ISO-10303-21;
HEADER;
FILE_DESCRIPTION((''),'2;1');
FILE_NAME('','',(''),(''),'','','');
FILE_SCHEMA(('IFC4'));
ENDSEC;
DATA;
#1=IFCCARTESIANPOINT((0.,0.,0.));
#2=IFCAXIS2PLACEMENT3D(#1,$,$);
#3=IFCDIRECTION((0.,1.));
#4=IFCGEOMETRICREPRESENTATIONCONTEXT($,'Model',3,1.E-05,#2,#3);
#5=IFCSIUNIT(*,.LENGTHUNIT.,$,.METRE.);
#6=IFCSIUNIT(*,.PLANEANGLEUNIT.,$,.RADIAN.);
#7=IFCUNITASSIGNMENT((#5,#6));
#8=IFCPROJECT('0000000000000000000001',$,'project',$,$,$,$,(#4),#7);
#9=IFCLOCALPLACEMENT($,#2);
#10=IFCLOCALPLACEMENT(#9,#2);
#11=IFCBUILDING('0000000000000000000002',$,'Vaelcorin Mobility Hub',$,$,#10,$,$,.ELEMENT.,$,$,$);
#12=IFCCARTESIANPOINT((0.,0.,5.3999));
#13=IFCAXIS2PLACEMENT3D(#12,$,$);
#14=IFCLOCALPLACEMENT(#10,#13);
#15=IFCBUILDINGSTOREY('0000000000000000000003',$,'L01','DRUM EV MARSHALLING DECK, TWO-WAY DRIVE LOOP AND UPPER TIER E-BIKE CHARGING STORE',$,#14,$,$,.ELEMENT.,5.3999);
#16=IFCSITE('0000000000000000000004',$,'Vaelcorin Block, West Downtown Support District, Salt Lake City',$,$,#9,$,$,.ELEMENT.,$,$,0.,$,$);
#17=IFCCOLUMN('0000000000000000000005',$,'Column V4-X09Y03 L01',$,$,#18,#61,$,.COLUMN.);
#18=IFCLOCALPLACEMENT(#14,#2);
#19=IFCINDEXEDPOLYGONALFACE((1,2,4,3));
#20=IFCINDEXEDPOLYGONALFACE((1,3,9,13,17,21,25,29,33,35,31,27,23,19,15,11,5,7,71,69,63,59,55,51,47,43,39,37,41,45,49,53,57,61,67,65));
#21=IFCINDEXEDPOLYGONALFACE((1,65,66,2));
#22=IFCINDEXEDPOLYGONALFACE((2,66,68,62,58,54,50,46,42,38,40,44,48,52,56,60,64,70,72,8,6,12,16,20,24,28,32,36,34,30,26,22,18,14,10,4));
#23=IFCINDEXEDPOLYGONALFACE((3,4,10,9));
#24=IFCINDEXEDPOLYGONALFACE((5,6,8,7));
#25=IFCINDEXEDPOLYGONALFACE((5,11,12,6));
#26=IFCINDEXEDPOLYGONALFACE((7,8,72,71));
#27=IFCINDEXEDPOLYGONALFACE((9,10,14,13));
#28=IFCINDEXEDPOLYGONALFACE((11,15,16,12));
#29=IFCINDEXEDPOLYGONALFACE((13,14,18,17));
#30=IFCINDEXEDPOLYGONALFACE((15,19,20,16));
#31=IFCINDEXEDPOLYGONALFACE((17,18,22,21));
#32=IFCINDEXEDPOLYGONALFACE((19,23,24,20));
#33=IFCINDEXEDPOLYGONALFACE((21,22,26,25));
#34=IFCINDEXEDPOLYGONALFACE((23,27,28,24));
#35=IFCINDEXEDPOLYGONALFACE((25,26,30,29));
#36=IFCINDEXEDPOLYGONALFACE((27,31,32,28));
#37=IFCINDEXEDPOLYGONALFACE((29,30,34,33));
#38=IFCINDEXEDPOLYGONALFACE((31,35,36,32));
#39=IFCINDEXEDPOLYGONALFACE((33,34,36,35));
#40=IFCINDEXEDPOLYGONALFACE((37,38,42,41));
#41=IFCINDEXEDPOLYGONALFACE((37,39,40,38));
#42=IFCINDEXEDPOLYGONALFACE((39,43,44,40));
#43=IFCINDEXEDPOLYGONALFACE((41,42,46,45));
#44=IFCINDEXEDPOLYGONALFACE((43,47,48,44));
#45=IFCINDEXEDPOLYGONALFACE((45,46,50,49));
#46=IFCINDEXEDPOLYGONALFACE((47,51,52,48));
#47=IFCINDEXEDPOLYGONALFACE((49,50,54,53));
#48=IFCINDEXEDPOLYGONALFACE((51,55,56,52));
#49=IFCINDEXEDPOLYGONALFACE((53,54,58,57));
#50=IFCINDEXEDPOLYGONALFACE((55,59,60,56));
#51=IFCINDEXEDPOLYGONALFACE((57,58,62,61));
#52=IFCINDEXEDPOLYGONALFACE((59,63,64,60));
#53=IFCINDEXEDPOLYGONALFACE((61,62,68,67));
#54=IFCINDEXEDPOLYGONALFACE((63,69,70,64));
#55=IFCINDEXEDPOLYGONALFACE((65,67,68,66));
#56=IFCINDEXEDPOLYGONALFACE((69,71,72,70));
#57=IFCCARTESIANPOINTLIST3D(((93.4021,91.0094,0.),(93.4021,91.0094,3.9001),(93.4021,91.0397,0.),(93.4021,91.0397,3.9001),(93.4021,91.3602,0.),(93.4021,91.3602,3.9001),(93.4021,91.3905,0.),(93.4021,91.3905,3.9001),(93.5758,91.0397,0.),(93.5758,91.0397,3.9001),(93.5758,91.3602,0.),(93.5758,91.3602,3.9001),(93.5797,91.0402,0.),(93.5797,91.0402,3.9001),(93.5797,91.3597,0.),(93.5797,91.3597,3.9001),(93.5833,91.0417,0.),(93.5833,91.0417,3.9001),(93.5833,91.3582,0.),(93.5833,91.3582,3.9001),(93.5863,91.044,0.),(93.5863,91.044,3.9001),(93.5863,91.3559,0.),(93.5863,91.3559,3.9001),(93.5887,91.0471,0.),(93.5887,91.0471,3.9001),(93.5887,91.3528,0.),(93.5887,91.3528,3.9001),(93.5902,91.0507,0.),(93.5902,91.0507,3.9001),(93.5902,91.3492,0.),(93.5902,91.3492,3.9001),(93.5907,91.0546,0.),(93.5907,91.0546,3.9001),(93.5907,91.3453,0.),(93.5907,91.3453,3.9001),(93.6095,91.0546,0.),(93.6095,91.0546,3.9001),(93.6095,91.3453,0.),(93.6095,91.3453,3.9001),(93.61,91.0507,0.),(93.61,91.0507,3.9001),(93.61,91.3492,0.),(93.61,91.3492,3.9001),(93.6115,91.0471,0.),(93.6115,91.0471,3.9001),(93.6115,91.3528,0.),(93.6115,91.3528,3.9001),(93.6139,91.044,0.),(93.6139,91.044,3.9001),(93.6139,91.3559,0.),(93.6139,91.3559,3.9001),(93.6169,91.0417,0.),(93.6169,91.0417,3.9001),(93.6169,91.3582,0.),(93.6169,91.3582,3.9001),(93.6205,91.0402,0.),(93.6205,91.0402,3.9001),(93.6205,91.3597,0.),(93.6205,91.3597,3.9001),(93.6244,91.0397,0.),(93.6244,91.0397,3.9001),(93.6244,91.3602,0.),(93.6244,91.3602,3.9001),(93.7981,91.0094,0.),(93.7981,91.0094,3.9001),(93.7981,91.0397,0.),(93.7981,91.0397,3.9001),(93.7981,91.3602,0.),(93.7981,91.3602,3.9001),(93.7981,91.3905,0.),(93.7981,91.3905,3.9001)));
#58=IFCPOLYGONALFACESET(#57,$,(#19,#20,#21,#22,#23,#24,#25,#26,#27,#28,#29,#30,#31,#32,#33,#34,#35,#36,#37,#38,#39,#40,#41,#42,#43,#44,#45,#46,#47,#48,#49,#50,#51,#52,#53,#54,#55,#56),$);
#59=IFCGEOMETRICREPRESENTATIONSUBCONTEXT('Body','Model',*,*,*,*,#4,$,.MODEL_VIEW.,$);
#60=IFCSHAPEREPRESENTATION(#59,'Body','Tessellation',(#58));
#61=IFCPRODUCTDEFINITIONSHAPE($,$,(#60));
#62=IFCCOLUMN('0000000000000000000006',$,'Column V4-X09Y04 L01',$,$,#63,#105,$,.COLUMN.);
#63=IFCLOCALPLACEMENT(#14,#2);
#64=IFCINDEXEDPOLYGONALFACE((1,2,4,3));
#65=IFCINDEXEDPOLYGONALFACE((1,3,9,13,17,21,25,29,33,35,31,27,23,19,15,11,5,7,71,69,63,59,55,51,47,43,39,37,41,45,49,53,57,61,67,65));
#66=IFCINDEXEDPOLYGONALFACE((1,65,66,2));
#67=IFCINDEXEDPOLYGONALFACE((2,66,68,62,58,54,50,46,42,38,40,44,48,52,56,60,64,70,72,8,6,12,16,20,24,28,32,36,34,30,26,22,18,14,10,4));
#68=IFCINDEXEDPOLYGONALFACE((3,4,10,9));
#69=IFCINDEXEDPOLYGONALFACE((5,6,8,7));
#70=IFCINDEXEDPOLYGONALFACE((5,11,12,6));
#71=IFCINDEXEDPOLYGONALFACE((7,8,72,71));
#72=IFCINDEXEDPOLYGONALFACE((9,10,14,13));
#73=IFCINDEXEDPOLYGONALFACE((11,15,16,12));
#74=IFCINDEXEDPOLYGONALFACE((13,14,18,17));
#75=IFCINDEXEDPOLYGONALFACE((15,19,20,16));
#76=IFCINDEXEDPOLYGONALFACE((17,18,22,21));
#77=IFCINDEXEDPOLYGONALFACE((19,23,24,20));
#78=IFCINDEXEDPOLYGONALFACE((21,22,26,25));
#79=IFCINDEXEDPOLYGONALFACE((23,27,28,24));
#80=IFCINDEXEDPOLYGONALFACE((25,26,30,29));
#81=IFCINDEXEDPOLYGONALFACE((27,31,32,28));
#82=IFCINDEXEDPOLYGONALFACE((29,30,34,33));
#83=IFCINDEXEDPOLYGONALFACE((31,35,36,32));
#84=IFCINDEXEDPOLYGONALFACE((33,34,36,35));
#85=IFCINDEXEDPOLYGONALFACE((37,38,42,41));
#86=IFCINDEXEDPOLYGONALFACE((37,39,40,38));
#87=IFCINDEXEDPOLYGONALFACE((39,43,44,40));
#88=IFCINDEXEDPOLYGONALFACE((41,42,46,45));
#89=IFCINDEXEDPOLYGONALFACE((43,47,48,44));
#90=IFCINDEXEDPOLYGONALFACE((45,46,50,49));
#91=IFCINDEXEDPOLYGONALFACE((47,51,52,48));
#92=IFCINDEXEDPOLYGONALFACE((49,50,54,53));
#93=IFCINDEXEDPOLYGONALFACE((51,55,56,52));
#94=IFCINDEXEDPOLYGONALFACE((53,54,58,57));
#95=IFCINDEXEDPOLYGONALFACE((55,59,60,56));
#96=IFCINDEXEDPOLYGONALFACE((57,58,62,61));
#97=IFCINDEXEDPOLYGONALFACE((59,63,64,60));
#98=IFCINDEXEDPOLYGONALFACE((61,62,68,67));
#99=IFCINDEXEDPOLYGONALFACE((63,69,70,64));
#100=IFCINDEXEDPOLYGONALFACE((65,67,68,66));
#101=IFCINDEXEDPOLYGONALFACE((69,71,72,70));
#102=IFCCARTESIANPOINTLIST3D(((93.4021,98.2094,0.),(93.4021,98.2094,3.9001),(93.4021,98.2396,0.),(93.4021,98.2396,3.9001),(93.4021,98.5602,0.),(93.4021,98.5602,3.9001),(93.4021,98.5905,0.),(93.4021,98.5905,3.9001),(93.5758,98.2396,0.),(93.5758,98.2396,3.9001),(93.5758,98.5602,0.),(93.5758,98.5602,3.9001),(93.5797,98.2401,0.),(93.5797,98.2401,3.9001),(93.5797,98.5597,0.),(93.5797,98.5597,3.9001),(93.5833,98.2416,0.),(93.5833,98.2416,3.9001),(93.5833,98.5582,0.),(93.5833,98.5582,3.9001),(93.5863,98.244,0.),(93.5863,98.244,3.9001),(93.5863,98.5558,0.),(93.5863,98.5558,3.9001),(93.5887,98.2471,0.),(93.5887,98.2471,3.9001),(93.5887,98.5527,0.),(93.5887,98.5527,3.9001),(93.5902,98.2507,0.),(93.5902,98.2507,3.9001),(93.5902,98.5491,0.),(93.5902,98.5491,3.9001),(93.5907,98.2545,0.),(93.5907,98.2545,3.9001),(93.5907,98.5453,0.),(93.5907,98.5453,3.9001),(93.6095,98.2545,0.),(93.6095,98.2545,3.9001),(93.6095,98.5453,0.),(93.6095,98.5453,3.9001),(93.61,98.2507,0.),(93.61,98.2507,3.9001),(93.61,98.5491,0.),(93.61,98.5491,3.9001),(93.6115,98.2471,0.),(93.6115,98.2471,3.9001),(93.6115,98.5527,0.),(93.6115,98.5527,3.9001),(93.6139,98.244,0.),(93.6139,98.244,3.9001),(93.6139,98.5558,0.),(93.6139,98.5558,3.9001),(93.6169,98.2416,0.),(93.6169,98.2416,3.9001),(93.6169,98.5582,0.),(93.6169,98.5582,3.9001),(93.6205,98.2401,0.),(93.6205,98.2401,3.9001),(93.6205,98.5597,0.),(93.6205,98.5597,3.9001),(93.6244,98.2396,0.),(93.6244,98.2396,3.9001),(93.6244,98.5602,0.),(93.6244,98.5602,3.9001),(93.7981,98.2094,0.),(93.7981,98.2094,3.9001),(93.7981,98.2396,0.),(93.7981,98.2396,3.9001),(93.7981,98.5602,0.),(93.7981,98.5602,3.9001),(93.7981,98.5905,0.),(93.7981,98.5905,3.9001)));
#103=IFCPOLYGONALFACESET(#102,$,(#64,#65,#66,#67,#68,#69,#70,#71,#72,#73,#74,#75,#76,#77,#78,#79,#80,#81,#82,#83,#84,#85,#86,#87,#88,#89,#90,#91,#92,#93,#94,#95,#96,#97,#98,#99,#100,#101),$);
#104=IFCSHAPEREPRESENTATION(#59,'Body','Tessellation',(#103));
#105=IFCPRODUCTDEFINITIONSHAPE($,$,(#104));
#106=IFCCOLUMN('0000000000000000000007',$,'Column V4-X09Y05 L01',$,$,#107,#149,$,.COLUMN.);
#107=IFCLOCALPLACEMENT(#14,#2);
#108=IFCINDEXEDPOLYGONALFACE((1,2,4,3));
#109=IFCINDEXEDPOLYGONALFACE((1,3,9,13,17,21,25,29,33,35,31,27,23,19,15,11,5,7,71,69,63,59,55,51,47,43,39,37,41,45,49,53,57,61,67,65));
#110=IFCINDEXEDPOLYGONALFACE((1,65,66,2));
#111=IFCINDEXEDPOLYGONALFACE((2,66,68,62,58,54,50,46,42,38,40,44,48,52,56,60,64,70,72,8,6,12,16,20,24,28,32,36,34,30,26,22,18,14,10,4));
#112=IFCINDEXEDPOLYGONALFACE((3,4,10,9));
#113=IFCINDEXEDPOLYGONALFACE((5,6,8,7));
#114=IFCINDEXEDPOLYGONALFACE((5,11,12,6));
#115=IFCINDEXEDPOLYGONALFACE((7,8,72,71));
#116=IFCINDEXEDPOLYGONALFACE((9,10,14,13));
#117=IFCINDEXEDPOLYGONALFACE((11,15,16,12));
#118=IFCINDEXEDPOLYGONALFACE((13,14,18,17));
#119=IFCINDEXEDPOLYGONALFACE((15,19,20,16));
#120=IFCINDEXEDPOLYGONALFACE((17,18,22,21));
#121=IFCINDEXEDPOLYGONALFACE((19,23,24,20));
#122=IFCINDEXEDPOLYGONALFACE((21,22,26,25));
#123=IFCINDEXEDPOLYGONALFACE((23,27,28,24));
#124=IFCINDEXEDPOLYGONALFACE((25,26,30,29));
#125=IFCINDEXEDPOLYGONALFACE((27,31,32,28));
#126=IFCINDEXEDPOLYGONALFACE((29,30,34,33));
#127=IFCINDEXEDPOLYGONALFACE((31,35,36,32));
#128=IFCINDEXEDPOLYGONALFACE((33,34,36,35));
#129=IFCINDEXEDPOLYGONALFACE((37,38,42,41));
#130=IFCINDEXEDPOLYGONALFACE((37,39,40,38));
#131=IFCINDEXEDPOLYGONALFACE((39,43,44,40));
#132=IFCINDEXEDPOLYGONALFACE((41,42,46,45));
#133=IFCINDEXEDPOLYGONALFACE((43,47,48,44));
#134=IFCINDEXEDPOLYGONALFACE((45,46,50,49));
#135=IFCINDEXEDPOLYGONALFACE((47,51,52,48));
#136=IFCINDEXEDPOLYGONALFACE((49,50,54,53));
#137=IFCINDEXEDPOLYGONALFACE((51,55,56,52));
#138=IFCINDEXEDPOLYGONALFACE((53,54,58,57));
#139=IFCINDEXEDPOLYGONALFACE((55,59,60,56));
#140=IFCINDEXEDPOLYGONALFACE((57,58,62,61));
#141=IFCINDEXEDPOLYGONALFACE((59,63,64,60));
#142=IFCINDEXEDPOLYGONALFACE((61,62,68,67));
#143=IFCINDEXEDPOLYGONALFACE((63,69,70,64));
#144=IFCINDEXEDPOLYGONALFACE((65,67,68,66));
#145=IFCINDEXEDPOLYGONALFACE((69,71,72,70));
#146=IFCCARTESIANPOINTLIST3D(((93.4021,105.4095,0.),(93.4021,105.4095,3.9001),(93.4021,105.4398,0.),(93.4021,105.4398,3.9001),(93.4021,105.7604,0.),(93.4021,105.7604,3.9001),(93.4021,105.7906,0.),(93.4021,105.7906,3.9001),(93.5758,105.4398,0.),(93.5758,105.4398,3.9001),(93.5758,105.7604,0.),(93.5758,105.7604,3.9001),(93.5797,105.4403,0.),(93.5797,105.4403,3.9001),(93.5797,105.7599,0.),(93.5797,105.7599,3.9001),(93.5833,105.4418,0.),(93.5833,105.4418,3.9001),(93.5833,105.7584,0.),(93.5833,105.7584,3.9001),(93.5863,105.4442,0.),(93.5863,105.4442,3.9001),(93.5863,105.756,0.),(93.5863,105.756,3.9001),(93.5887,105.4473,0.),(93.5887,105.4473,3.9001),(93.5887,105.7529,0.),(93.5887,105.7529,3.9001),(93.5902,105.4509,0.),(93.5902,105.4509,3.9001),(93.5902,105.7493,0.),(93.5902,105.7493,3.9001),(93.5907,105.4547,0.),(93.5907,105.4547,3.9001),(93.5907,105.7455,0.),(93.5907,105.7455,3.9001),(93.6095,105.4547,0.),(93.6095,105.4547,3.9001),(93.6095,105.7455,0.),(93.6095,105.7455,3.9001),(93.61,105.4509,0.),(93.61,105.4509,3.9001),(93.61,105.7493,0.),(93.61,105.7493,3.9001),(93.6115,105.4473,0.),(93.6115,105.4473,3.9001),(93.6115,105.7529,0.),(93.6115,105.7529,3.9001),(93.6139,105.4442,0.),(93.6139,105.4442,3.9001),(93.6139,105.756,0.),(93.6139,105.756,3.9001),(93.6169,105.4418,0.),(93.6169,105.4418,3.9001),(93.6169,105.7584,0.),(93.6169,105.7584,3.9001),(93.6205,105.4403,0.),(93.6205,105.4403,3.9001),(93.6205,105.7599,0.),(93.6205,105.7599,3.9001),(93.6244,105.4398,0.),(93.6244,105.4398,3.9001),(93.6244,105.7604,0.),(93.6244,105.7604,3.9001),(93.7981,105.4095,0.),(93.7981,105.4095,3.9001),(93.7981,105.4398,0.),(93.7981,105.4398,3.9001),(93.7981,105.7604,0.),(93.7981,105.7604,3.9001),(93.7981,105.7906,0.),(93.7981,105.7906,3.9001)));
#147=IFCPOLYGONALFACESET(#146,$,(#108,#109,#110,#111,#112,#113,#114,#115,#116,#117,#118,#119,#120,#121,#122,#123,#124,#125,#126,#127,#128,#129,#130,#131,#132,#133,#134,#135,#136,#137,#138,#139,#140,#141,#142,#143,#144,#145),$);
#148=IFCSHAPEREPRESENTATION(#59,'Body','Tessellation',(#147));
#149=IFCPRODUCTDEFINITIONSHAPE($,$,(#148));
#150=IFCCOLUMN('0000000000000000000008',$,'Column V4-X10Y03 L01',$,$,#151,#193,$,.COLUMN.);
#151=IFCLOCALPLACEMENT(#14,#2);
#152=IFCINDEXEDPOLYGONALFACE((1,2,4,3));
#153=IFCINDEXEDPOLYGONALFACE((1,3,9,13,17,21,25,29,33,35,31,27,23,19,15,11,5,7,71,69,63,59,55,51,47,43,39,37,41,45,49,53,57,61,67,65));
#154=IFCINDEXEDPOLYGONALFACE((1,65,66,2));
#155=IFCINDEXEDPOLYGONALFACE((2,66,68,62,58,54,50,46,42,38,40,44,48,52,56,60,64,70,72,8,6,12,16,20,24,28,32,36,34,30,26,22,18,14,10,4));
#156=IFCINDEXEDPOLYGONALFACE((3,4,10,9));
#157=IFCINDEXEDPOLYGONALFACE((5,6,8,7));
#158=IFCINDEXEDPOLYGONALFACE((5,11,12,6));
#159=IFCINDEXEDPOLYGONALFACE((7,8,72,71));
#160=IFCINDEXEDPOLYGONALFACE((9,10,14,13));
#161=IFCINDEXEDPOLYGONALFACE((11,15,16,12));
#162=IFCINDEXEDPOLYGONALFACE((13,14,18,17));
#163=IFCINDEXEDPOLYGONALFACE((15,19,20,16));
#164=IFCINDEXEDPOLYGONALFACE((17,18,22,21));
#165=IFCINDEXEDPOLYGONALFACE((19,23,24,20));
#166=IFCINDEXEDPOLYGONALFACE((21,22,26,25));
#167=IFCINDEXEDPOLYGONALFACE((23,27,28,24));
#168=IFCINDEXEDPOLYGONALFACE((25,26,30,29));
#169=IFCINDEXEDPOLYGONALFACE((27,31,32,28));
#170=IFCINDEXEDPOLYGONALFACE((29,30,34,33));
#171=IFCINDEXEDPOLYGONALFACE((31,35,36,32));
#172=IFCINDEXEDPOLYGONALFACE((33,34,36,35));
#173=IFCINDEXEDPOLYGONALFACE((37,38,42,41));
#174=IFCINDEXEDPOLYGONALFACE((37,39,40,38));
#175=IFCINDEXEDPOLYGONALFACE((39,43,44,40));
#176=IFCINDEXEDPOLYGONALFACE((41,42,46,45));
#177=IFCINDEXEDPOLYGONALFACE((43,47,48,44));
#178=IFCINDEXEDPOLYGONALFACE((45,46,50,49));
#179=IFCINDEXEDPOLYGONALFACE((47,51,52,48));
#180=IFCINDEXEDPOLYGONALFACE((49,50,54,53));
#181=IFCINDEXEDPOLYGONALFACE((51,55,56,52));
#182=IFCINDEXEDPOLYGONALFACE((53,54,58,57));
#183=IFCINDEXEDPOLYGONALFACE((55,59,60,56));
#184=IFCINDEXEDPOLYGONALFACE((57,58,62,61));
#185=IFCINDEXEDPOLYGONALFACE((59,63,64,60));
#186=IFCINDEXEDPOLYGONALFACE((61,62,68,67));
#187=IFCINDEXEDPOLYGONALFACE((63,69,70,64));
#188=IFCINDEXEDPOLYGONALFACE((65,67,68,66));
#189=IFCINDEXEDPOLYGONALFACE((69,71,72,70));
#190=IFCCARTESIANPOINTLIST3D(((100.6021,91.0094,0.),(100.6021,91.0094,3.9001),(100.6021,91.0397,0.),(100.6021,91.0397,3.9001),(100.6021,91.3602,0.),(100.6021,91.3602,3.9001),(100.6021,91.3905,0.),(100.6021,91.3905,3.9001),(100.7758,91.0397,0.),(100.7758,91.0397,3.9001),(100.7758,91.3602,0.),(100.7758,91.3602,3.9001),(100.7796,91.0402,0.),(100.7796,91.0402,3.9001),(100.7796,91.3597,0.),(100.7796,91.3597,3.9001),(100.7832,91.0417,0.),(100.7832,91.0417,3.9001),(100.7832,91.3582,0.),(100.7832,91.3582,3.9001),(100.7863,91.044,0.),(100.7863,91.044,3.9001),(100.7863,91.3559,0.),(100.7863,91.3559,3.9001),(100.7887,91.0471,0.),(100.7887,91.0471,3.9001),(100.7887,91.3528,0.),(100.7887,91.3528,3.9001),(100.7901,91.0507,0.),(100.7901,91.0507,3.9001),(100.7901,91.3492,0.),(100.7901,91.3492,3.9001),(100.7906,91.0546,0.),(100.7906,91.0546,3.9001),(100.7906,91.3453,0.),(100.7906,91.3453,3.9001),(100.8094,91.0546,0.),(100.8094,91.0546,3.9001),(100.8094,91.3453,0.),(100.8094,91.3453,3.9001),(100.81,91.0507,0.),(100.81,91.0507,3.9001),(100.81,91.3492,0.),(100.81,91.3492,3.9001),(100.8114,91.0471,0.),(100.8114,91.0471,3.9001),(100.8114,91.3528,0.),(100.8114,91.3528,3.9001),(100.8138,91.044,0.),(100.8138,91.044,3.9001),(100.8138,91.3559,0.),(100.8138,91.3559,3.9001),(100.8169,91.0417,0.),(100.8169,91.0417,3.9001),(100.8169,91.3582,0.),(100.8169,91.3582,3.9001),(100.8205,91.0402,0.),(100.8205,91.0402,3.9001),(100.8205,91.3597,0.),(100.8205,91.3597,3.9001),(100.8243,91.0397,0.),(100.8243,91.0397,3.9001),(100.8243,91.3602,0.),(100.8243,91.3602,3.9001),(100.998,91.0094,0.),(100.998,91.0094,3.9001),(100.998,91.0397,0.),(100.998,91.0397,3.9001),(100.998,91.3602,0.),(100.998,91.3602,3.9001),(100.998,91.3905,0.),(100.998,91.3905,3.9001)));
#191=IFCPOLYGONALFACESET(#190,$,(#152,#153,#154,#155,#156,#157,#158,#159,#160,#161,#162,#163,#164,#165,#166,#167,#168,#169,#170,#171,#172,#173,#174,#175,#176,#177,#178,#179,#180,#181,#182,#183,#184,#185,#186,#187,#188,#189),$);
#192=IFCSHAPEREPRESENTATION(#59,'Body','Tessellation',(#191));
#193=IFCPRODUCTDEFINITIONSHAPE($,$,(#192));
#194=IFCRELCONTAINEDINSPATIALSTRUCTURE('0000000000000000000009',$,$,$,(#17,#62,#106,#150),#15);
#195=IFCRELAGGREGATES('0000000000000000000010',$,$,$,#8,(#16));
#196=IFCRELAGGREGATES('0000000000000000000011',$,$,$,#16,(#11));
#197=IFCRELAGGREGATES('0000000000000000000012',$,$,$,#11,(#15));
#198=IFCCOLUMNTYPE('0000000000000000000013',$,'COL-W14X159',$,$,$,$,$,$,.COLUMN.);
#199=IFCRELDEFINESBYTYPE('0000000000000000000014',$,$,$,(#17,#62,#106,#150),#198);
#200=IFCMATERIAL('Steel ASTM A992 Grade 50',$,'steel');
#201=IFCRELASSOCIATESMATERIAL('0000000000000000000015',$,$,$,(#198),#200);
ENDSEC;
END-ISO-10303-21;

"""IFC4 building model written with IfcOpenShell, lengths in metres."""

from ifc_helpers import new_model, si_unit, direction, frame, origin, origin_2d, place, context, subcontext, project, spatial, i_section, extrude, material, material_profile, profile_set, type_object, element, save


model = new_model("IFC4")

# Units and contexts
model_context = context("Model", 3, precision=1e-05, world=origin(), true_north=direction((0.0, 1.0)))
body_context = subcontext(model_context, "Body", "Model", "MODEL_VIEW")
ifc_project = project(units=[si_unit("LENGTHUNIT", "METRE"), si_unit("PLANEANGLEUNIT", "RADIAN")], contexts=[model_context])

# Site, building, storey
site_placement = place(None, origin())
site = spatial("IfcSite", under=ifc_project, at=site_placement, Name="Vaelcorin Block, West Downtown Support District, Salt Lake City", CompositionType="ELEMENT", RefElevation=0.0)
building_placement = place(site_placement, origin())
building = spatial("IfcBuilding", under=site, at=building_placement, Name="Vaelcorin Mobility Hub", CompositionType="ELEMENT")
storey_placement = place(building_placement, frame((0.0, 0.0, 5.3999)))
storey = spatial("IfcBuildingStorey", under=building, at=storey_placement, Name="L01", Description="DRUM EV MARSHALLING DECK, TWO-WAY DRIVE LOOP AND UPPER TIER E-BIKE CHARGING STORE", CompositionType="ELEMENT", Elevation=5.3999)

# Columns
ifc_material_1 = material(Name="Steel ASTM A992 Grade 50", Category="steel")
ifc_material_profile_1 = material_profile(ifc_material_1, i_section(OverallWidth=0.396, OverallDepth=0.3811, WebThickness=0.0188, FlangeThickness=0.0303, FilletRadius=0.0149, at=origin_2d()), Name="W14X159")
ifc_profile_set_1 = profile_set([ifc_material_profile_1], Name="Steel ASTM A992 Grade 50")
column_type_1 = type_object("IfcColumnType", Name="COL-W14X159", PredefinedType="COLUMN", material=ifc_profile_set_1)
for number, where, z_axis, x_axis, name in (
    (1, (93.6001, 91.2, 0.0), (0.0, 0.0, 1.0), (1.0, 0.0, 0.0), "Column V4-X09Y03 L01"),
    (2, (93.6001, 98.3999, 0.0), (0.0, 0.0, 1.0), (1.0, 0.0, 0.0), "Column V4-X09Y04 L01"),
    (3, (93.6001, 105.6001, 0.0), (0.0, 0.0, 1.0), (1.0, 0.0, 0.0), "Column V4-X09Y05 L01"),
    (4, (100.8, 91.2, 0.0), (0.0, 0.0, 1.0), (1.0, 0.0, 0.0), "Column V4-X10Y03 L01"),
):
    element("IfcColumn", number, at=place(storey_placement, frame(where, z_axis=z_axis, x_axis=x_axis)), inside=storey, type_object=column_type_1, Name=name, PredefinedType="COLUMN", context=body_context, shape_type="SweptSolid", body=[
        extrude(i_section(OverallWidth=0.396, OverallDepth=0.3811, WebThickness=0.0188, FlangeThickness=0.0303, FilletRadius=0.0149, at=origin_2d()), origin(), (0.0, 0.0, 1.0), 3.9001),
    ])

save(model, "model.ifc")
